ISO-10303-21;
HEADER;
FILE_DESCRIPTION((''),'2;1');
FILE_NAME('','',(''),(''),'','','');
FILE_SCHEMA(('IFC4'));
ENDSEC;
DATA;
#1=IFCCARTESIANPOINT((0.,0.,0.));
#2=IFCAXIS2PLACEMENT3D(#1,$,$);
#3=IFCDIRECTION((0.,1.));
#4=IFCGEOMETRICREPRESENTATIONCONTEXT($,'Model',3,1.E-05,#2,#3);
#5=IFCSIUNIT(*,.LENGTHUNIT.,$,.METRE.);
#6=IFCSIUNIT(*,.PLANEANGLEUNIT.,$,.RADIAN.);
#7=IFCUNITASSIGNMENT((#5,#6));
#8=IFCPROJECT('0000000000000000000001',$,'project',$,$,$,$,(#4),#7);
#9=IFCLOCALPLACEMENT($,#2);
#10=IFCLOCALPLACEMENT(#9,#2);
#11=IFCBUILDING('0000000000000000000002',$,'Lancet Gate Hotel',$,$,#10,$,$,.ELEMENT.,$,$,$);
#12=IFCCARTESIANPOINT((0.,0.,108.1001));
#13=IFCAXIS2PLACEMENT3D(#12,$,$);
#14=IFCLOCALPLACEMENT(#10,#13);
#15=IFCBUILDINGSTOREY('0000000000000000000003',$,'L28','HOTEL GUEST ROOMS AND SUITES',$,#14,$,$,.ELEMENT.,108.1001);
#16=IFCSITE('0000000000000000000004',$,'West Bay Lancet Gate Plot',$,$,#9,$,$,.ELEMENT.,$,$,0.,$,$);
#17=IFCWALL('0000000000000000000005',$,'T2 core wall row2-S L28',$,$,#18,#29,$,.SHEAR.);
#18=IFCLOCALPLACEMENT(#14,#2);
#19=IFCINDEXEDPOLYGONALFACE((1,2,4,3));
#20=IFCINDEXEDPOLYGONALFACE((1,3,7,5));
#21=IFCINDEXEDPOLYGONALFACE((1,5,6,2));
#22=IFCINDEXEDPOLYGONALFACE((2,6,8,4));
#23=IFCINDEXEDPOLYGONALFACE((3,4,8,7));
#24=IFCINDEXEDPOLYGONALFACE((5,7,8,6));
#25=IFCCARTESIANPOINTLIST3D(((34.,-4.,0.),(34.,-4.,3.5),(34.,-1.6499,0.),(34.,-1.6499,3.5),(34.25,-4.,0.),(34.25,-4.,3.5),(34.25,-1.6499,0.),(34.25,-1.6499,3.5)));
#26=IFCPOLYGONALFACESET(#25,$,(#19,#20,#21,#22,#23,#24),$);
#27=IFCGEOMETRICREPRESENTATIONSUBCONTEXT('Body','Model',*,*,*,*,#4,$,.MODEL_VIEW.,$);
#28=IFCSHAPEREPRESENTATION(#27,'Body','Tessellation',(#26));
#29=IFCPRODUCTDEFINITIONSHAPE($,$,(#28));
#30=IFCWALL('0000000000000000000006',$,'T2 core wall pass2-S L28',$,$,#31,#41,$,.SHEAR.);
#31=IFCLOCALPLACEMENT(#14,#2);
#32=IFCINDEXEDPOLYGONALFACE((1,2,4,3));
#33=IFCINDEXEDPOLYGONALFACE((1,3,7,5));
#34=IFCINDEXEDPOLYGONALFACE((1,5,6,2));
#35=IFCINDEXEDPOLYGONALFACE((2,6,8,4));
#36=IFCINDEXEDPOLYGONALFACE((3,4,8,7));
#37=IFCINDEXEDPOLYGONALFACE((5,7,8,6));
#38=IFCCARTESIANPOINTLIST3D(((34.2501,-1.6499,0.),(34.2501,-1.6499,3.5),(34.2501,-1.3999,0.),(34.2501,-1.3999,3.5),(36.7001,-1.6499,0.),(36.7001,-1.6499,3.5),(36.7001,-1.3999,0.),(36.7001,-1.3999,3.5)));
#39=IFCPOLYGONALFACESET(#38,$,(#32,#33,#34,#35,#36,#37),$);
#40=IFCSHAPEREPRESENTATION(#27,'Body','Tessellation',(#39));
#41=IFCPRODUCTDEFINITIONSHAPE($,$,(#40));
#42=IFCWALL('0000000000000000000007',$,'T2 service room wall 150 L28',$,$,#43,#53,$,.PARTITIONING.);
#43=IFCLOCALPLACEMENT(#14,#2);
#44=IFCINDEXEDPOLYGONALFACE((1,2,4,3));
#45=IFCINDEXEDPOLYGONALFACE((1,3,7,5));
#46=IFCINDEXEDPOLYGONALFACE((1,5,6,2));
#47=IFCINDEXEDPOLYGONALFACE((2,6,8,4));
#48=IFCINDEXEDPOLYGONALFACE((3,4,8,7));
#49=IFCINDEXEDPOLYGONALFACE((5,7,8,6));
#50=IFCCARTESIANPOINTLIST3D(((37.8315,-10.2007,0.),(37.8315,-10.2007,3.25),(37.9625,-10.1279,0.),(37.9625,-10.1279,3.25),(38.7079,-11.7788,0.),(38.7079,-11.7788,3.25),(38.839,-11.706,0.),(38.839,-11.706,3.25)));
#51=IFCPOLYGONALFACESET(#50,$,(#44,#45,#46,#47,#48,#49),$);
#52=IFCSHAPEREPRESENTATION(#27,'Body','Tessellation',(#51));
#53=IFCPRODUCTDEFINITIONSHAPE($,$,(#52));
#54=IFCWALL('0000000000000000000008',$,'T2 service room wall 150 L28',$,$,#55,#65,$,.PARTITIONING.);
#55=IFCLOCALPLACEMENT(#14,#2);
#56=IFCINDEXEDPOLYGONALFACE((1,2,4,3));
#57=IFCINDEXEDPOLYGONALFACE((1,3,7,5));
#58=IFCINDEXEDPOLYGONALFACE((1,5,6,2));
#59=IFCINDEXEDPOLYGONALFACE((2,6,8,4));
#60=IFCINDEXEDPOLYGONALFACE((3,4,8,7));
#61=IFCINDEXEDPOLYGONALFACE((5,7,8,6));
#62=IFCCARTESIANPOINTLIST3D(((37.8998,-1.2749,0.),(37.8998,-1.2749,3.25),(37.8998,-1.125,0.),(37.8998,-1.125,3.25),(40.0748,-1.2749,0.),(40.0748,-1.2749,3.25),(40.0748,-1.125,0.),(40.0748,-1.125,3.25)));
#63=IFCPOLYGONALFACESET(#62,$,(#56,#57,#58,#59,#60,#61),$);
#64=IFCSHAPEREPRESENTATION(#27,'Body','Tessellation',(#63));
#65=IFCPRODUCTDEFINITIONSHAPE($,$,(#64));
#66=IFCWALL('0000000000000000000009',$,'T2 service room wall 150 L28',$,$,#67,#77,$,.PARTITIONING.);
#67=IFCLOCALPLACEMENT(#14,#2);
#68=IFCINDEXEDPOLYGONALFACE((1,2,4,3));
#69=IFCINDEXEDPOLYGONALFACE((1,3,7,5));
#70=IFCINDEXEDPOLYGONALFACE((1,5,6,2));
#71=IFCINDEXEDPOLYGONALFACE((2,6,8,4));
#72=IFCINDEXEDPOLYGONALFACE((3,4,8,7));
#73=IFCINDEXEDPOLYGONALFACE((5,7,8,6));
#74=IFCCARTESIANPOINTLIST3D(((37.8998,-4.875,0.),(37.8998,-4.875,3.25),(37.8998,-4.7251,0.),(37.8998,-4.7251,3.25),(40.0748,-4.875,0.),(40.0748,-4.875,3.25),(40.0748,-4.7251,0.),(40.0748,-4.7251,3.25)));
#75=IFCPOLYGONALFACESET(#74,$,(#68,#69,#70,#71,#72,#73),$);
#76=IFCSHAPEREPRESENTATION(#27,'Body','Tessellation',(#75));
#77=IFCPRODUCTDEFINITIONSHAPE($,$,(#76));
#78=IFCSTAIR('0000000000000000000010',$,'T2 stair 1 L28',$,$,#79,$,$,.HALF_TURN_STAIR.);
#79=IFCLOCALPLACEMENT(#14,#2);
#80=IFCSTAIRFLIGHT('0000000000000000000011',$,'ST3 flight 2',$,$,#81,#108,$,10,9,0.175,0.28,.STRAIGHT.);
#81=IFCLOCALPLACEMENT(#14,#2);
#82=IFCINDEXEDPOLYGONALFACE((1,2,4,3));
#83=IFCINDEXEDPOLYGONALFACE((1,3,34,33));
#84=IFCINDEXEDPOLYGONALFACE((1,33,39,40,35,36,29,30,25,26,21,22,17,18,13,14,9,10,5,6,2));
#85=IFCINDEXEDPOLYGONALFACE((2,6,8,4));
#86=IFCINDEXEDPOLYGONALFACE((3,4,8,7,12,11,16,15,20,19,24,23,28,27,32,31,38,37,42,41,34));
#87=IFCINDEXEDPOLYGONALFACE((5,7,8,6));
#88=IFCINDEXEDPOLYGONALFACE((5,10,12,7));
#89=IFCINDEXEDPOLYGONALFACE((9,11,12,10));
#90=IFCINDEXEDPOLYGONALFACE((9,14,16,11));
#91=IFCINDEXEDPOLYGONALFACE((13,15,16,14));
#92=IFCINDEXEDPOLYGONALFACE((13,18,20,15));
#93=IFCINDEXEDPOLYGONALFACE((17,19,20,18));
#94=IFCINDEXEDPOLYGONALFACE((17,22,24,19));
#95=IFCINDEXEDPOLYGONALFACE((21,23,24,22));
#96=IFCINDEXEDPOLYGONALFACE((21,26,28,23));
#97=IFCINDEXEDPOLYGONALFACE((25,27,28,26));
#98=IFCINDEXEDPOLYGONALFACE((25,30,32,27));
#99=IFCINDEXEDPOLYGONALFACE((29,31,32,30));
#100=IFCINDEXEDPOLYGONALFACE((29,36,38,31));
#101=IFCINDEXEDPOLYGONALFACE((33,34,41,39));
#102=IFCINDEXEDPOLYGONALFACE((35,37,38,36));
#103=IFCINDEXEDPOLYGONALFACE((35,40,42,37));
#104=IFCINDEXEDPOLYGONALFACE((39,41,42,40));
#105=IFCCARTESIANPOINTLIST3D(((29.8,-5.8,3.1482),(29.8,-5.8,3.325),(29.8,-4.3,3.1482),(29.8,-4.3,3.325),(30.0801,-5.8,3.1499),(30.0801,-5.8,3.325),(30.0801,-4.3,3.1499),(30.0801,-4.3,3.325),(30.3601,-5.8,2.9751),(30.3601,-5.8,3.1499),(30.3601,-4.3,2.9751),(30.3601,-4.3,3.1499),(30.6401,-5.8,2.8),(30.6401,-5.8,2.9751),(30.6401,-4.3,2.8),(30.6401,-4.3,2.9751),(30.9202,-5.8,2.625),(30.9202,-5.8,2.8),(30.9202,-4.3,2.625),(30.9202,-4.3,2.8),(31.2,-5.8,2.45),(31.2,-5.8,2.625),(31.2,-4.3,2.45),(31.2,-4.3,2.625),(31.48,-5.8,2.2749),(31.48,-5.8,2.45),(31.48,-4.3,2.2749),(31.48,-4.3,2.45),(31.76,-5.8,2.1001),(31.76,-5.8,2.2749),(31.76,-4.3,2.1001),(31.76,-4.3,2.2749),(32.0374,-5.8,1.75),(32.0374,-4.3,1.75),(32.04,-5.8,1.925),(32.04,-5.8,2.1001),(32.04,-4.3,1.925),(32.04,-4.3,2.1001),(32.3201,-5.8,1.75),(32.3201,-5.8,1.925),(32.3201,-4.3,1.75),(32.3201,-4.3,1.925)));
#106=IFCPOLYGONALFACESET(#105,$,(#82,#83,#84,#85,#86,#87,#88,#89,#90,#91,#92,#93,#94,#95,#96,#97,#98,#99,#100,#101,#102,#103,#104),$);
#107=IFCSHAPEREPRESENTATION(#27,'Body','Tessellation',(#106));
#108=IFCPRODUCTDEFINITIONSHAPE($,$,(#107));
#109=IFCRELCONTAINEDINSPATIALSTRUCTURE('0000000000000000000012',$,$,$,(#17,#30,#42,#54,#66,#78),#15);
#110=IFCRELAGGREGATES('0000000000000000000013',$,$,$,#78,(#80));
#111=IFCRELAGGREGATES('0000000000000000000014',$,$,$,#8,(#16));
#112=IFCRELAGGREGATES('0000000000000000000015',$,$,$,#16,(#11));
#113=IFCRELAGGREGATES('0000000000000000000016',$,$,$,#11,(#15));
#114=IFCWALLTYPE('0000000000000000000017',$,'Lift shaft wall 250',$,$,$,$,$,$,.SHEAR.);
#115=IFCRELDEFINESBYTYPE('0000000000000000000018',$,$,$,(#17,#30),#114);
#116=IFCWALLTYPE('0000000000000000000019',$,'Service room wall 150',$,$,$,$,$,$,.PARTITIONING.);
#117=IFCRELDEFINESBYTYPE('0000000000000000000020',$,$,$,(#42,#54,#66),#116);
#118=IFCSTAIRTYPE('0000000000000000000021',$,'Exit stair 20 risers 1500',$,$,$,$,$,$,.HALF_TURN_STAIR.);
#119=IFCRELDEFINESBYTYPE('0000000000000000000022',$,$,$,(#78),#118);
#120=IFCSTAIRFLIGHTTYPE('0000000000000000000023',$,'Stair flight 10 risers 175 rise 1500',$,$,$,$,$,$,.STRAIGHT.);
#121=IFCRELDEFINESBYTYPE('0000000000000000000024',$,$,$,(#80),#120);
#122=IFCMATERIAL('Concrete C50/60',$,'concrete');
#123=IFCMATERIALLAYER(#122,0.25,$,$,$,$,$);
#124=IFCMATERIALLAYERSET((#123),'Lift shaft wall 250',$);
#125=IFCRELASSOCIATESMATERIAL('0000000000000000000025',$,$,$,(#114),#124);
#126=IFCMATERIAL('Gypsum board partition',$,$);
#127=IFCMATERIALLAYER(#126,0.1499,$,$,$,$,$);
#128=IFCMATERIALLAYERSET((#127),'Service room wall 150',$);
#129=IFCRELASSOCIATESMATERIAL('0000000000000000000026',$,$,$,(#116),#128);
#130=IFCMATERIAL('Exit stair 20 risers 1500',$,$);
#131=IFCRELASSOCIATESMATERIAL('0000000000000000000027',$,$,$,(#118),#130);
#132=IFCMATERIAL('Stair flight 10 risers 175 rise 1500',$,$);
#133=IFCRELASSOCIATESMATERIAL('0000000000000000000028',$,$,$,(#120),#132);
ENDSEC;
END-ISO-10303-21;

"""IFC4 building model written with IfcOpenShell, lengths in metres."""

from ifc_helpers import new_model, si_unit, direction, frame, frame_2d, origin, place, context, subcontext, project, spatial, polyline, rectangle, outline, extrude, material, layer, layer_set, type_object, element, aggregate, save


model = new_model("IFC4")

# Units and contexts
model_context = context("Model", 3, precision=1e-05, world=origin(), true_north=direction((0.0, 1.0)))
body_context = subcontext(model_context, "Body", "Model", "MODEL_VIEW")
ifc_project = project(units=[si_unit("LENGTHUNIT", "METRE"), si_unit("PLANEANGLEUNIT", "RADIAN")], contexts=[model_context])

# Site, building, storey
site_placement = place(None, origin())
site = spatial("IfcSite", under=ifc_project, at=site_placement, Name="West Bay Lancet Gate Plot", CompositionType="ELEMENT", RefElevation=0.0)
building_placement = place(site_placement, origin())
building = spatial("IfcBuilding", under=site, at=building_placement, Name="Lancet Gate Hotel", CompositionType="ELEMENT")
storey_placement = place(building_placement, frame((0.0, 0.0, 108.1001)))
storey = spatial("IfcBuildingStorey", under=building, at=storey_placement, Name="L28", Description="HOTEL GUEST ROOMS AND SUITES", CompositionType="ELEMENT", Elevation=108.1001)

# Shared definitions
ifc_material_1 = material(Name="Concrete C50/60", Category="concrete")
ifc_layer_1 = layer(ifc_material_1, 0.25)
ifc_layer_set_1 = layer_set([ifc_layer_1], Name="Lift shaft wall 250")
wall_type_1 = type_object("IfcWallType", Name="Lift shaft wall 250", PredefinedType="SHEAR", material=ifc_layer_set_1)

# Walls
wall_1_placement = place(storey_placement, frame((34.125, -4.0, 0.0), z_axis=(0.0, 0.0, 1.0), x_axis=(0.0, 1.0, 0.0)))
element("IfcWall", 1, at=wall_1_placement, inside=storey, type_object=wall_type_1, Name="T2 core wall row2-S L28", PredefinedType="SHEAR", context=body_context, shape_type="SweptSolid", body=[
    extrude(rectangle(XDim=2.3501, YDim=0.25, at=frame_2d((1.175, 0.0))), origin(), (0.0, 0.0, 1.0), 3.5),
])
wall_2_placement = place(storey_placement, frame((34.25, -1.5249, 0.0), z_axis=(0.0, 0.0, 1.0), x_axis=(1.0, 0.0, 0.0)))
element("IfcWall", 2, at=wall_2_placement, inside=storey, type_object=wall_type_1, Name="T2 core wall pass2-S L28", PredefinedType="SHEAR", context=body_context, shape_type="SweptSolid", body=[
    extrude(rectangle(XDim=2.45, YDim=0.25, at=frame_2d((1.2251, 0.0))), origin(), (0.0, 0.0, 1.0), 3.5),
])
ifc_material_2 = material(Name="Gypsum board partition")
ifc_layer_2 = layer(ifc_material_2, 0.1499)
ifc_layer_set_2 = layer_set([ifc_layer_2], Name="Service room wall 150")
wall_type_2 = type_object("IfcWallType", Name="Service room wall 150", PredefinedType="PARTITIONING", material=ifc_layer_set_2)
wall_3_placement = place(storey_placement, frame((38.7734, -11.7424, 0.0), z_axis=(0.0, 0.0, 1.0), x_axis=(-0.485528, 0.874221, 0.0)))
element("IfcWall", 3, at=wall_3_placement, inside=storey, type_object=wall_type_2, Name="T2 service room wall 150 L28", PredefinedType="PARTITIONING", context=body_context, shape_type="SweptSolid", body=[
    extrude(rectangle(XDim=1.8052, YDim=0.1499, at=frame_2d((0.9026, 0.0))), origin(), (0.0, 0.0, 1.0), 3.25),
])
for number, where, z_axis, x_axis, name in (
    (4, (37.8999, -1.2, 0.0), (0.0, 0.0, 1.0), (1.0, 0.0, 0.0), "T2 service room wall 150 L28"),
    (5, (37.8999, -4.8, 0.0), (0.0, 0.0, 1.0), (1.0, 0.0, 0.0), "T2 service room wall 150 L28"),
):
    element("IfcWall", number, at=place(storey_placement, frame(where, z_axis=z_axis, x_axis=x_axis)), inside=storey, type_object=wall_type_2, Name=name, PredefinedType="PARTITIONING", context=body_context, shape_type="SweptSolid", body=[
        extrude(rectangle(XDim=2.175, YDim=0.1499, at=frame_2d((1.0874, 0.0))), origin(), (0.0, 0.0, 1.0), 3.25),
    ])

# Stair, stair flight
ifc_material_3 = material(Name="Exit stair 20 risers 1500")
stair_type = type_object("IfcStairType", Name="Exit stair 20 risers 1500", PredefinedType="HALF_TURN_STAIR", material=ifc_material_3)
stair_placement = place(storey_placement, origin())
stair = element("IfcStair", 6, at=stair_placement, inside=storey, type_object=stair_type, Name="T2 stair 1 L28", PredefinedType="HALF_TURN_STAIR")
ifc_material_4 = material(Name="Stair flight 10 risers 175 rise 1500")
stair_flight_type = type_object("IfcStairFlightType", Name="Stair flight 10 risers 175 rise 1500", PredefinedType="STRAIGHT", material=ifc_material_4)
stair_flight_placement = place(storey_placement, frame((32.3201, -5.05, 1.75), z_axis=(0.0, 0.0, 1.0), x_axis=(-1.0, 0.0, 0.0)))
stair_flight = element("IfcStairFlight", 7, at=stair_flight_placement, type_object=stair_flight_type, Name="ST3 flight 2", NumberOfRisers=10, NumberOfTreads=9, PredefinedType="STRAIGHT", RiserHeight=0.175, TreadLength=0.28, context=body_context, shape_type="SweptSolid", body=[
    extrude(outline(polyline([(0.0, 0.0), (0.0, 0.175), (0.28, 0.175), (0.28, 0.3501), (0.5601, 0.3501), (0.5601, 0.5249), (0.8401, 0.5249), (0.8401, 0.7), (1.1201, 0.7), (1.1201, 0.875), (1.3999, 0.875), (1.3999, 1.05), (1.6799, 1.05), (1.6799, 1.2251), (1.96, 1.2251), (1.96, 1.3999), (2.24, 1.3999), (2.24, 1.575), (2.52, 1.575), (2.52, 1.75), (2.52, 1.3982), (0.2827, 0.0), (0.0, 0.0)])), frame((0.0, 0.75, 0.0), z_axis=(0.0, -1.0, 0.0), x_axis=(1.0, 0.0, 0.0)), (0.0, 0.0, 1.0), 1.5),
])
aggregate(stair, [stair_flight])

save(model, "model.ifc")
